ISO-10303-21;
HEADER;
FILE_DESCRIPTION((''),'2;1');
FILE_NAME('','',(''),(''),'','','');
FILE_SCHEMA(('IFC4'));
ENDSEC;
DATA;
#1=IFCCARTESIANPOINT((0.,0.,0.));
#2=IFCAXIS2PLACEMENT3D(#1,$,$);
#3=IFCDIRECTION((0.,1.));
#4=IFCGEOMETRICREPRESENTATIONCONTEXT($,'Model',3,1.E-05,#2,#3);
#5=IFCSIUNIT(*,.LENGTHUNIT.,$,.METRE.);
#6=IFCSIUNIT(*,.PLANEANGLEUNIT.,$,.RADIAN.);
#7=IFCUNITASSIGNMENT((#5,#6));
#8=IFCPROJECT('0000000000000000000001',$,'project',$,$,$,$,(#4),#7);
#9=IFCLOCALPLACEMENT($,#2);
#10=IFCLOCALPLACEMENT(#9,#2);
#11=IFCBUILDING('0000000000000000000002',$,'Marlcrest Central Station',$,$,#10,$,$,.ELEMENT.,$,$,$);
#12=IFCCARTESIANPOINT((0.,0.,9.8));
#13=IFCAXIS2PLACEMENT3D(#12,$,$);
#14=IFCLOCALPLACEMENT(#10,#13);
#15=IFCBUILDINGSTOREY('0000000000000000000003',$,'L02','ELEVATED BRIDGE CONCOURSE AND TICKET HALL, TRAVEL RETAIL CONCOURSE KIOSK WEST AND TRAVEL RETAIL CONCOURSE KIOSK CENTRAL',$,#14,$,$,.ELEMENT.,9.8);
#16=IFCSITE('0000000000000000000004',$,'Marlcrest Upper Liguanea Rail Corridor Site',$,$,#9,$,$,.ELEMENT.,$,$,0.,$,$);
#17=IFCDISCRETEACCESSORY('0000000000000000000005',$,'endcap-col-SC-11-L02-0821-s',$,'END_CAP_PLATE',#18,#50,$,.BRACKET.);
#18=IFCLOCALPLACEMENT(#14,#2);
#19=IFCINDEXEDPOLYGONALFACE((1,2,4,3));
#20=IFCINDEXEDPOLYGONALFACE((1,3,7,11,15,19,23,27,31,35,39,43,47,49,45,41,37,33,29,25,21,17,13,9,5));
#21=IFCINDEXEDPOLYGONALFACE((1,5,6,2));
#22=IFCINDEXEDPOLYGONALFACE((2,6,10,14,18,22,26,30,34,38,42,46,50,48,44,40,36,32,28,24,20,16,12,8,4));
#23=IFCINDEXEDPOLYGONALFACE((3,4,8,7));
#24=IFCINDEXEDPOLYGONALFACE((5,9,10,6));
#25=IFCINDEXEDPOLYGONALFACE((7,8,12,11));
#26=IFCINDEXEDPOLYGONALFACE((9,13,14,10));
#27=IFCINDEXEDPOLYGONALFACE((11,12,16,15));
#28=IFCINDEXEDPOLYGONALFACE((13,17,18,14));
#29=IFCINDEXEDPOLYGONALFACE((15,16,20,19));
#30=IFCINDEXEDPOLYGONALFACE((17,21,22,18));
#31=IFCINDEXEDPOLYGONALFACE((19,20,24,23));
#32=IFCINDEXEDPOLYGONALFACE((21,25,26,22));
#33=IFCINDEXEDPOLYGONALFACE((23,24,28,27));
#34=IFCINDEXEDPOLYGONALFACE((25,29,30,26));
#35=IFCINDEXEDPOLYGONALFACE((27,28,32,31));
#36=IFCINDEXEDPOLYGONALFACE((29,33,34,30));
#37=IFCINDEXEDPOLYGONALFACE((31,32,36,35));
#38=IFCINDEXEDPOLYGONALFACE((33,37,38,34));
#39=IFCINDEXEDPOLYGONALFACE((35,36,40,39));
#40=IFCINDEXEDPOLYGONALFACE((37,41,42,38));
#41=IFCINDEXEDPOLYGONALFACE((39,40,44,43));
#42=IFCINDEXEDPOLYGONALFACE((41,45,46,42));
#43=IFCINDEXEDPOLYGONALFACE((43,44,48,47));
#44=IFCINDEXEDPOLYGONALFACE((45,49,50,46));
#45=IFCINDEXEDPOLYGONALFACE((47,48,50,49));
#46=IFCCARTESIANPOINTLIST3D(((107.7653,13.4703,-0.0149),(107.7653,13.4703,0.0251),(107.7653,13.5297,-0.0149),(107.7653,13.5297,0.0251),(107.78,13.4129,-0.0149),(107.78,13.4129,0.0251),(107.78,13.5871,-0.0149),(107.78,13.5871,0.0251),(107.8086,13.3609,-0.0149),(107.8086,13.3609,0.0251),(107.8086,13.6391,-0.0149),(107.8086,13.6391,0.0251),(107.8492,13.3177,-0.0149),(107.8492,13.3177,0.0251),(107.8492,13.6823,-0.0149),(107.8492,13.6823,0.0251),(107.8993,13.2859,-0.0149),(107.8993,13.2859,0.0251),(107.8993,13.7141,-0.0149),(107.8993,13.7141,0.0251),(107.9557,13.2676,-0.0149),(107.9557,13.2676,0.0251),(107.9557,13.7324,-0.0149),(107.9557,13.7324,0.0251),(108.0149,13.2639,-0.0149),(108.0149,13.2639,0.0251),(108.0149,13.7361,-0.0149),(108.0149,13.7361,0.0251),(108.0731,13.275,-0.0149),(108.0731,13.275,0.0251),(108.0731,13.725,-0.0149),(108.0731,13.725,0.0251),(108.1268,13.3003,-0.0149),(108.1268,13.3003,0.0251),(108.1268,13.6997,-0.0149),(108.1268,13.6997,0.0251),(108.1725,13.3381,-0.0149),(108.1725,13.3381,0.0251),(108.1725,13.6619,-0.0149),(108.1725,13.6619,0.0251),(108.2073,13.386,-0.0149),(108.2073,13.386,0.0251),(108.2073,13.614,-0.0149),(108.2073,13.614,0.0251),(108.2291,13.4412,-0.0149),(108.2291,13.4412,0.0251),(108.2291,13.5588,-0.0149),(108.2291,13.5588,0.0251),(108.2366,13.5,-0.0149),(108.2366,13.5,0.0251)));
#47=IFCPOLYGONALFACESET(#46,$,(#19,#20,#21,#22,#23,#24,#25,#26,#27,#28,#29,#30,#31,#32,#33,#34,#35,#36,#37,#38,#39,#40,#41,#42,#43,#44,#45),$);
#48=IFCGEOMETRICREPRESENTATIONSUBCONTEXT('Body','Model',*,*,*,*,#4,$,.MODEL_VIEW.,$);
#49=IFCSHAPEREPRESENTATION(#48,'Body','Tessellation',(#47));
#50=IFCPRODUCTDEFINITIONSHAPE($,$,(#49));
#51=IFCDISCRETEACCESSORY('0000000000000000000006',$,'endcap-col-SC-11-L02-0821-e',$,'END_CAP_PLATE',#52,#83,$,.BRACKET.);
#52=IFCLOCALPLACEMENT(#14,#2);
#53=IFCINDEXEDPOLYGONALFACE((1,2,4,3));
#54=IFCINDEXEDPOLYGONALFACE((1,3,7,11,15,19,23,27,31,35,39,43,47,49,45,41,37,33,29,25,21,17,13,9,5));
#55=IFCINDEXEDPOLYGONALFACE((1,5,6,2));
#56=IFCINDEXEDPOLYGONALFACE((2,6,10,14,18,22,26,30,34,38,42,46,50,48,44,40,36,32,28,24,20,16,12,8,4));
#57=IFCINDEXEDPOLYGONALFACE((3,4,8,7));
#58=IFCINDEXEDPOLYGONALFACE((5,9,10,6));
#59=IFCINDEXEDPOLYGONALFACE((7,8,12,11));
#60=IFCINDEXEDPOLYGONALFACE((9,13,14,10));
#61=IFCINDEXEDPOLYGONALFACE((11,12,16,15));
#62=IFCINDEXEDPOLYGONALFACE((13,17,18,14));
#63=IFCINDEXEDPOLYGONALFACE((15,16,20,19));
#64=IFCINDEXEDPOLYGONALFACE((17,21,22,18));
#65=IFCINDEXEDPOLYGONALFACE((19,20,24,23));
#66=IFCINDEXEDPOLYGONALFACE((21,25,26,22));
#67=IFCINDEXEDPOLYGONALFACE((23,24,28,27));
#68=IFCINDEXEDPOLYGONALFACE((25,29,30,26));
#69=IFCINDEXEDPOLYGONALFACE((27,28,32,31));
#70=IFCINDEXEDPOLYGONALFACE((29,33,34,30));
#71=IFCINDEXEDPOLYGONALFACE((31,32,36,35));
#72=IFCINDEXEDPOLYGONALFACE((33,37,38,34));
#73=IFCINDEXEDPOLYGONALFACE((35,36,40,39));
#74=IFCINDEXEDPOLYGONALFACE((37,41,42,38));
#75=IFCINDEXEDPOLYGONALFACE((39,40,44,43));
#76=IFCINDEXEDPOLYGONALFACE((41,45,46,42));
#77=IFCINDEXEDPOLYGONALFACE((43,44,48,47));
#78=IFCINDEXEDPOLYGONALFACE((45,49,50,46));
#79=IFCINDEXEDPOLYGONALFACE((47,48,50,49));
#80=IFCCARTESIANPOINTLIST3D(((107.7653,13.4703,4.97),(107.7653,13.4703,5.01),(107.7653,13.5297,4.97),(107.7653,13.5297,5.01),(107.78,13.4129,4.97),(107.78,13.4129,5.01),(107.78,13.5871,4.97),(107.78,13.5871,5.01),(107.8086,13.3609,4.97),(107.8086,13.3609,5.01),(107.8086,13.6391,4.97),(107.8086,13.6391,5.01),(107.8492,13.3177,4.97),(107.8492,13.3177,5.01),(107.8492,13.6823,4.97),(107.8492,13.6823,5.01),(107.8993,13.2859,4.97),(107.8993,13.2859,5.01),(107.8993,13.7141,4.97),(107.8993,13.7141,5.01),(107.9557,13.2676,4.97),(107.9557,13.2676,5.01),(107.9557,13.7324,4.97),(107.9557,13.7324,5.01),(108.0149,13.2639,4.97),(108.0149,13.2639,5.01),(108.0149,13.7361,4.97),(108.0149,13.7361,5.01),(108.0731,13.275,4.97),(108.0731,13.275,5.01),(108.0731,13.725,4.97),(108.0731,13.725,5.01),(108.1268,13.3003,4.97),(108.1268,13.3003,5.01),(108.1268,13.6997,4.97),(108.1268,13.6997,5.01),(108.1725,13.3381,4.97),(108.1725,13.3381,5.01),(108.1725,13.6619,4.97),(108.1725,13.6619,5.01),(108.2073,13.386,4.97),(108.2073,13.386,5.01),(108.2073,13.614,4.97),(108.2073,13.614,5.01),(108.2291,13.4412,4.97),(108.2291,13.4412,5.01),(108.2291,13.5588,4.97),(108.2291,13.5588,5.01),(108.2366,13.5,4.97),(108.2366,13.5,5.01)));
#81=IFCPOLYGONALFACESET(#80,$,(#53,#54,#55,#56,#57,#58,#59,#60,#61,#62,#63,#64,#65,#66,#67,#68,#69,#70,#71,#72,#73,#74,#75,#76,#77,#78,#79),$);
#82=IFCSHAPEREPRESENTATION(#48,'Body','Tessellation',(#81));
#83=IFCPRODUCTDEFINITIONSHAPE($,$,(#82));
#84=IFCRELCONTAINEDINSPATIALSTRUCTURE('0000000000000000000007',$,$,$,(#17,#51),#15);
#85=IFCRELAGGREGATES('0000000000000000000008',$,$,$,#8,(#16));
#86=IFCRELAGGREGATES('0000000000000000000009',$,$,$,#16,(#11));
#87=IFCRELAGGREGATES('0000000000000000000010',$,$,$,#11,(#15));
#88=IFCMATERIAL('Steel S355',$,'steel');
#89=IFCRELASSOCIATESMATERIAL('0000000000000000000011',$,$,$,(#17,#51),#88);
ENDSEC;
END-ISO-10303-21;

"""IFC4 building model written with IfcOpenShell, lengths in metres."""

from ifc_helpers import new_model, si_unit, direction, frame, origin, origin_2d, place, context, subcontext, project, spatial, circle, extrude, material, element, save


model = new_model("IFC4")

# Units and contexts
model_context = context("Model", 3, precision=1e-05, world=origin(), true_north=direction((0.0, 1.0)))
body_context = subcontext(model_context, "Body", "Model", "MODEL_VIEW")
ifc_project = project(units=[si_unit("LENGTHUNIT", "METRE"), si_unit("PLANEANGLEUNIT", "RADIAN")], contexts=[model_context])

# Site, building, storey
site_placement = place(None, origin())
site = spatial("IfcSite", under=ifc_project, at=site_placement, Name="Marlcrest Upper Liguanea Rail Corridor Site", CompositionType="ELEMENT", RefElevation=0.0)
building_placement = place(site_placement, origin())
building = spatial("IfcBuilding", under=site, at=building_placement, Name="Marlcrest Central Station", CompositionType="ELEMENT")
storey_placement = place(building_placement, frame((0.0, 0.0, 9.8)))
storey = spatial("IfcBuildingStorey", under=building, at=storey_placement, Name="L02", Description="ELEVATED BRIDGE CONCOURSE AND TICKET HALL, TRAVEL RETAIL CONCOURSE KIOSK WEST AND TRAVEL RETAIL CONCOURSE KIOSK CENTRAL", CompositionType="ELEMENT", Elevation=9.8)

# Shared definitions
ifc_material_1 = material(Name="Steel S355", Category="steel")

# Discrete accessories
for number, where, z_axis, x_axis, name in (
    (1, (108.0, 13.5, -0.0149), (0.0, 0.0, 1.0), (1.0, 0.0, 0.0), "endcap-col-SC-11-L02-0821-s"),
    (2, (108.0, 13.5, 4.97), (0.0, 0.0, 1.0), (1.0, 0.0, 0.0), "endcap-col-SC-11-L02-0821-e"),
):
    element("IfcDiscreteAccessory", number, at=place(storey_placement, frame(where, z_axis=z_axis, x_axis=x_axis)), inside=storey, material=ifc_material_1, Name=name, ObjectType="END_CAP_PLATE", PredefinedType="BRACKET", context=body_context, shape_type="SweptSolid", body=[
        extrude(circle(Radius=0.2366, at=origin_2d()), origin(), (0.0, 0.0, 1.0), 0.04),
    ])

save(model, "model.ifc")
